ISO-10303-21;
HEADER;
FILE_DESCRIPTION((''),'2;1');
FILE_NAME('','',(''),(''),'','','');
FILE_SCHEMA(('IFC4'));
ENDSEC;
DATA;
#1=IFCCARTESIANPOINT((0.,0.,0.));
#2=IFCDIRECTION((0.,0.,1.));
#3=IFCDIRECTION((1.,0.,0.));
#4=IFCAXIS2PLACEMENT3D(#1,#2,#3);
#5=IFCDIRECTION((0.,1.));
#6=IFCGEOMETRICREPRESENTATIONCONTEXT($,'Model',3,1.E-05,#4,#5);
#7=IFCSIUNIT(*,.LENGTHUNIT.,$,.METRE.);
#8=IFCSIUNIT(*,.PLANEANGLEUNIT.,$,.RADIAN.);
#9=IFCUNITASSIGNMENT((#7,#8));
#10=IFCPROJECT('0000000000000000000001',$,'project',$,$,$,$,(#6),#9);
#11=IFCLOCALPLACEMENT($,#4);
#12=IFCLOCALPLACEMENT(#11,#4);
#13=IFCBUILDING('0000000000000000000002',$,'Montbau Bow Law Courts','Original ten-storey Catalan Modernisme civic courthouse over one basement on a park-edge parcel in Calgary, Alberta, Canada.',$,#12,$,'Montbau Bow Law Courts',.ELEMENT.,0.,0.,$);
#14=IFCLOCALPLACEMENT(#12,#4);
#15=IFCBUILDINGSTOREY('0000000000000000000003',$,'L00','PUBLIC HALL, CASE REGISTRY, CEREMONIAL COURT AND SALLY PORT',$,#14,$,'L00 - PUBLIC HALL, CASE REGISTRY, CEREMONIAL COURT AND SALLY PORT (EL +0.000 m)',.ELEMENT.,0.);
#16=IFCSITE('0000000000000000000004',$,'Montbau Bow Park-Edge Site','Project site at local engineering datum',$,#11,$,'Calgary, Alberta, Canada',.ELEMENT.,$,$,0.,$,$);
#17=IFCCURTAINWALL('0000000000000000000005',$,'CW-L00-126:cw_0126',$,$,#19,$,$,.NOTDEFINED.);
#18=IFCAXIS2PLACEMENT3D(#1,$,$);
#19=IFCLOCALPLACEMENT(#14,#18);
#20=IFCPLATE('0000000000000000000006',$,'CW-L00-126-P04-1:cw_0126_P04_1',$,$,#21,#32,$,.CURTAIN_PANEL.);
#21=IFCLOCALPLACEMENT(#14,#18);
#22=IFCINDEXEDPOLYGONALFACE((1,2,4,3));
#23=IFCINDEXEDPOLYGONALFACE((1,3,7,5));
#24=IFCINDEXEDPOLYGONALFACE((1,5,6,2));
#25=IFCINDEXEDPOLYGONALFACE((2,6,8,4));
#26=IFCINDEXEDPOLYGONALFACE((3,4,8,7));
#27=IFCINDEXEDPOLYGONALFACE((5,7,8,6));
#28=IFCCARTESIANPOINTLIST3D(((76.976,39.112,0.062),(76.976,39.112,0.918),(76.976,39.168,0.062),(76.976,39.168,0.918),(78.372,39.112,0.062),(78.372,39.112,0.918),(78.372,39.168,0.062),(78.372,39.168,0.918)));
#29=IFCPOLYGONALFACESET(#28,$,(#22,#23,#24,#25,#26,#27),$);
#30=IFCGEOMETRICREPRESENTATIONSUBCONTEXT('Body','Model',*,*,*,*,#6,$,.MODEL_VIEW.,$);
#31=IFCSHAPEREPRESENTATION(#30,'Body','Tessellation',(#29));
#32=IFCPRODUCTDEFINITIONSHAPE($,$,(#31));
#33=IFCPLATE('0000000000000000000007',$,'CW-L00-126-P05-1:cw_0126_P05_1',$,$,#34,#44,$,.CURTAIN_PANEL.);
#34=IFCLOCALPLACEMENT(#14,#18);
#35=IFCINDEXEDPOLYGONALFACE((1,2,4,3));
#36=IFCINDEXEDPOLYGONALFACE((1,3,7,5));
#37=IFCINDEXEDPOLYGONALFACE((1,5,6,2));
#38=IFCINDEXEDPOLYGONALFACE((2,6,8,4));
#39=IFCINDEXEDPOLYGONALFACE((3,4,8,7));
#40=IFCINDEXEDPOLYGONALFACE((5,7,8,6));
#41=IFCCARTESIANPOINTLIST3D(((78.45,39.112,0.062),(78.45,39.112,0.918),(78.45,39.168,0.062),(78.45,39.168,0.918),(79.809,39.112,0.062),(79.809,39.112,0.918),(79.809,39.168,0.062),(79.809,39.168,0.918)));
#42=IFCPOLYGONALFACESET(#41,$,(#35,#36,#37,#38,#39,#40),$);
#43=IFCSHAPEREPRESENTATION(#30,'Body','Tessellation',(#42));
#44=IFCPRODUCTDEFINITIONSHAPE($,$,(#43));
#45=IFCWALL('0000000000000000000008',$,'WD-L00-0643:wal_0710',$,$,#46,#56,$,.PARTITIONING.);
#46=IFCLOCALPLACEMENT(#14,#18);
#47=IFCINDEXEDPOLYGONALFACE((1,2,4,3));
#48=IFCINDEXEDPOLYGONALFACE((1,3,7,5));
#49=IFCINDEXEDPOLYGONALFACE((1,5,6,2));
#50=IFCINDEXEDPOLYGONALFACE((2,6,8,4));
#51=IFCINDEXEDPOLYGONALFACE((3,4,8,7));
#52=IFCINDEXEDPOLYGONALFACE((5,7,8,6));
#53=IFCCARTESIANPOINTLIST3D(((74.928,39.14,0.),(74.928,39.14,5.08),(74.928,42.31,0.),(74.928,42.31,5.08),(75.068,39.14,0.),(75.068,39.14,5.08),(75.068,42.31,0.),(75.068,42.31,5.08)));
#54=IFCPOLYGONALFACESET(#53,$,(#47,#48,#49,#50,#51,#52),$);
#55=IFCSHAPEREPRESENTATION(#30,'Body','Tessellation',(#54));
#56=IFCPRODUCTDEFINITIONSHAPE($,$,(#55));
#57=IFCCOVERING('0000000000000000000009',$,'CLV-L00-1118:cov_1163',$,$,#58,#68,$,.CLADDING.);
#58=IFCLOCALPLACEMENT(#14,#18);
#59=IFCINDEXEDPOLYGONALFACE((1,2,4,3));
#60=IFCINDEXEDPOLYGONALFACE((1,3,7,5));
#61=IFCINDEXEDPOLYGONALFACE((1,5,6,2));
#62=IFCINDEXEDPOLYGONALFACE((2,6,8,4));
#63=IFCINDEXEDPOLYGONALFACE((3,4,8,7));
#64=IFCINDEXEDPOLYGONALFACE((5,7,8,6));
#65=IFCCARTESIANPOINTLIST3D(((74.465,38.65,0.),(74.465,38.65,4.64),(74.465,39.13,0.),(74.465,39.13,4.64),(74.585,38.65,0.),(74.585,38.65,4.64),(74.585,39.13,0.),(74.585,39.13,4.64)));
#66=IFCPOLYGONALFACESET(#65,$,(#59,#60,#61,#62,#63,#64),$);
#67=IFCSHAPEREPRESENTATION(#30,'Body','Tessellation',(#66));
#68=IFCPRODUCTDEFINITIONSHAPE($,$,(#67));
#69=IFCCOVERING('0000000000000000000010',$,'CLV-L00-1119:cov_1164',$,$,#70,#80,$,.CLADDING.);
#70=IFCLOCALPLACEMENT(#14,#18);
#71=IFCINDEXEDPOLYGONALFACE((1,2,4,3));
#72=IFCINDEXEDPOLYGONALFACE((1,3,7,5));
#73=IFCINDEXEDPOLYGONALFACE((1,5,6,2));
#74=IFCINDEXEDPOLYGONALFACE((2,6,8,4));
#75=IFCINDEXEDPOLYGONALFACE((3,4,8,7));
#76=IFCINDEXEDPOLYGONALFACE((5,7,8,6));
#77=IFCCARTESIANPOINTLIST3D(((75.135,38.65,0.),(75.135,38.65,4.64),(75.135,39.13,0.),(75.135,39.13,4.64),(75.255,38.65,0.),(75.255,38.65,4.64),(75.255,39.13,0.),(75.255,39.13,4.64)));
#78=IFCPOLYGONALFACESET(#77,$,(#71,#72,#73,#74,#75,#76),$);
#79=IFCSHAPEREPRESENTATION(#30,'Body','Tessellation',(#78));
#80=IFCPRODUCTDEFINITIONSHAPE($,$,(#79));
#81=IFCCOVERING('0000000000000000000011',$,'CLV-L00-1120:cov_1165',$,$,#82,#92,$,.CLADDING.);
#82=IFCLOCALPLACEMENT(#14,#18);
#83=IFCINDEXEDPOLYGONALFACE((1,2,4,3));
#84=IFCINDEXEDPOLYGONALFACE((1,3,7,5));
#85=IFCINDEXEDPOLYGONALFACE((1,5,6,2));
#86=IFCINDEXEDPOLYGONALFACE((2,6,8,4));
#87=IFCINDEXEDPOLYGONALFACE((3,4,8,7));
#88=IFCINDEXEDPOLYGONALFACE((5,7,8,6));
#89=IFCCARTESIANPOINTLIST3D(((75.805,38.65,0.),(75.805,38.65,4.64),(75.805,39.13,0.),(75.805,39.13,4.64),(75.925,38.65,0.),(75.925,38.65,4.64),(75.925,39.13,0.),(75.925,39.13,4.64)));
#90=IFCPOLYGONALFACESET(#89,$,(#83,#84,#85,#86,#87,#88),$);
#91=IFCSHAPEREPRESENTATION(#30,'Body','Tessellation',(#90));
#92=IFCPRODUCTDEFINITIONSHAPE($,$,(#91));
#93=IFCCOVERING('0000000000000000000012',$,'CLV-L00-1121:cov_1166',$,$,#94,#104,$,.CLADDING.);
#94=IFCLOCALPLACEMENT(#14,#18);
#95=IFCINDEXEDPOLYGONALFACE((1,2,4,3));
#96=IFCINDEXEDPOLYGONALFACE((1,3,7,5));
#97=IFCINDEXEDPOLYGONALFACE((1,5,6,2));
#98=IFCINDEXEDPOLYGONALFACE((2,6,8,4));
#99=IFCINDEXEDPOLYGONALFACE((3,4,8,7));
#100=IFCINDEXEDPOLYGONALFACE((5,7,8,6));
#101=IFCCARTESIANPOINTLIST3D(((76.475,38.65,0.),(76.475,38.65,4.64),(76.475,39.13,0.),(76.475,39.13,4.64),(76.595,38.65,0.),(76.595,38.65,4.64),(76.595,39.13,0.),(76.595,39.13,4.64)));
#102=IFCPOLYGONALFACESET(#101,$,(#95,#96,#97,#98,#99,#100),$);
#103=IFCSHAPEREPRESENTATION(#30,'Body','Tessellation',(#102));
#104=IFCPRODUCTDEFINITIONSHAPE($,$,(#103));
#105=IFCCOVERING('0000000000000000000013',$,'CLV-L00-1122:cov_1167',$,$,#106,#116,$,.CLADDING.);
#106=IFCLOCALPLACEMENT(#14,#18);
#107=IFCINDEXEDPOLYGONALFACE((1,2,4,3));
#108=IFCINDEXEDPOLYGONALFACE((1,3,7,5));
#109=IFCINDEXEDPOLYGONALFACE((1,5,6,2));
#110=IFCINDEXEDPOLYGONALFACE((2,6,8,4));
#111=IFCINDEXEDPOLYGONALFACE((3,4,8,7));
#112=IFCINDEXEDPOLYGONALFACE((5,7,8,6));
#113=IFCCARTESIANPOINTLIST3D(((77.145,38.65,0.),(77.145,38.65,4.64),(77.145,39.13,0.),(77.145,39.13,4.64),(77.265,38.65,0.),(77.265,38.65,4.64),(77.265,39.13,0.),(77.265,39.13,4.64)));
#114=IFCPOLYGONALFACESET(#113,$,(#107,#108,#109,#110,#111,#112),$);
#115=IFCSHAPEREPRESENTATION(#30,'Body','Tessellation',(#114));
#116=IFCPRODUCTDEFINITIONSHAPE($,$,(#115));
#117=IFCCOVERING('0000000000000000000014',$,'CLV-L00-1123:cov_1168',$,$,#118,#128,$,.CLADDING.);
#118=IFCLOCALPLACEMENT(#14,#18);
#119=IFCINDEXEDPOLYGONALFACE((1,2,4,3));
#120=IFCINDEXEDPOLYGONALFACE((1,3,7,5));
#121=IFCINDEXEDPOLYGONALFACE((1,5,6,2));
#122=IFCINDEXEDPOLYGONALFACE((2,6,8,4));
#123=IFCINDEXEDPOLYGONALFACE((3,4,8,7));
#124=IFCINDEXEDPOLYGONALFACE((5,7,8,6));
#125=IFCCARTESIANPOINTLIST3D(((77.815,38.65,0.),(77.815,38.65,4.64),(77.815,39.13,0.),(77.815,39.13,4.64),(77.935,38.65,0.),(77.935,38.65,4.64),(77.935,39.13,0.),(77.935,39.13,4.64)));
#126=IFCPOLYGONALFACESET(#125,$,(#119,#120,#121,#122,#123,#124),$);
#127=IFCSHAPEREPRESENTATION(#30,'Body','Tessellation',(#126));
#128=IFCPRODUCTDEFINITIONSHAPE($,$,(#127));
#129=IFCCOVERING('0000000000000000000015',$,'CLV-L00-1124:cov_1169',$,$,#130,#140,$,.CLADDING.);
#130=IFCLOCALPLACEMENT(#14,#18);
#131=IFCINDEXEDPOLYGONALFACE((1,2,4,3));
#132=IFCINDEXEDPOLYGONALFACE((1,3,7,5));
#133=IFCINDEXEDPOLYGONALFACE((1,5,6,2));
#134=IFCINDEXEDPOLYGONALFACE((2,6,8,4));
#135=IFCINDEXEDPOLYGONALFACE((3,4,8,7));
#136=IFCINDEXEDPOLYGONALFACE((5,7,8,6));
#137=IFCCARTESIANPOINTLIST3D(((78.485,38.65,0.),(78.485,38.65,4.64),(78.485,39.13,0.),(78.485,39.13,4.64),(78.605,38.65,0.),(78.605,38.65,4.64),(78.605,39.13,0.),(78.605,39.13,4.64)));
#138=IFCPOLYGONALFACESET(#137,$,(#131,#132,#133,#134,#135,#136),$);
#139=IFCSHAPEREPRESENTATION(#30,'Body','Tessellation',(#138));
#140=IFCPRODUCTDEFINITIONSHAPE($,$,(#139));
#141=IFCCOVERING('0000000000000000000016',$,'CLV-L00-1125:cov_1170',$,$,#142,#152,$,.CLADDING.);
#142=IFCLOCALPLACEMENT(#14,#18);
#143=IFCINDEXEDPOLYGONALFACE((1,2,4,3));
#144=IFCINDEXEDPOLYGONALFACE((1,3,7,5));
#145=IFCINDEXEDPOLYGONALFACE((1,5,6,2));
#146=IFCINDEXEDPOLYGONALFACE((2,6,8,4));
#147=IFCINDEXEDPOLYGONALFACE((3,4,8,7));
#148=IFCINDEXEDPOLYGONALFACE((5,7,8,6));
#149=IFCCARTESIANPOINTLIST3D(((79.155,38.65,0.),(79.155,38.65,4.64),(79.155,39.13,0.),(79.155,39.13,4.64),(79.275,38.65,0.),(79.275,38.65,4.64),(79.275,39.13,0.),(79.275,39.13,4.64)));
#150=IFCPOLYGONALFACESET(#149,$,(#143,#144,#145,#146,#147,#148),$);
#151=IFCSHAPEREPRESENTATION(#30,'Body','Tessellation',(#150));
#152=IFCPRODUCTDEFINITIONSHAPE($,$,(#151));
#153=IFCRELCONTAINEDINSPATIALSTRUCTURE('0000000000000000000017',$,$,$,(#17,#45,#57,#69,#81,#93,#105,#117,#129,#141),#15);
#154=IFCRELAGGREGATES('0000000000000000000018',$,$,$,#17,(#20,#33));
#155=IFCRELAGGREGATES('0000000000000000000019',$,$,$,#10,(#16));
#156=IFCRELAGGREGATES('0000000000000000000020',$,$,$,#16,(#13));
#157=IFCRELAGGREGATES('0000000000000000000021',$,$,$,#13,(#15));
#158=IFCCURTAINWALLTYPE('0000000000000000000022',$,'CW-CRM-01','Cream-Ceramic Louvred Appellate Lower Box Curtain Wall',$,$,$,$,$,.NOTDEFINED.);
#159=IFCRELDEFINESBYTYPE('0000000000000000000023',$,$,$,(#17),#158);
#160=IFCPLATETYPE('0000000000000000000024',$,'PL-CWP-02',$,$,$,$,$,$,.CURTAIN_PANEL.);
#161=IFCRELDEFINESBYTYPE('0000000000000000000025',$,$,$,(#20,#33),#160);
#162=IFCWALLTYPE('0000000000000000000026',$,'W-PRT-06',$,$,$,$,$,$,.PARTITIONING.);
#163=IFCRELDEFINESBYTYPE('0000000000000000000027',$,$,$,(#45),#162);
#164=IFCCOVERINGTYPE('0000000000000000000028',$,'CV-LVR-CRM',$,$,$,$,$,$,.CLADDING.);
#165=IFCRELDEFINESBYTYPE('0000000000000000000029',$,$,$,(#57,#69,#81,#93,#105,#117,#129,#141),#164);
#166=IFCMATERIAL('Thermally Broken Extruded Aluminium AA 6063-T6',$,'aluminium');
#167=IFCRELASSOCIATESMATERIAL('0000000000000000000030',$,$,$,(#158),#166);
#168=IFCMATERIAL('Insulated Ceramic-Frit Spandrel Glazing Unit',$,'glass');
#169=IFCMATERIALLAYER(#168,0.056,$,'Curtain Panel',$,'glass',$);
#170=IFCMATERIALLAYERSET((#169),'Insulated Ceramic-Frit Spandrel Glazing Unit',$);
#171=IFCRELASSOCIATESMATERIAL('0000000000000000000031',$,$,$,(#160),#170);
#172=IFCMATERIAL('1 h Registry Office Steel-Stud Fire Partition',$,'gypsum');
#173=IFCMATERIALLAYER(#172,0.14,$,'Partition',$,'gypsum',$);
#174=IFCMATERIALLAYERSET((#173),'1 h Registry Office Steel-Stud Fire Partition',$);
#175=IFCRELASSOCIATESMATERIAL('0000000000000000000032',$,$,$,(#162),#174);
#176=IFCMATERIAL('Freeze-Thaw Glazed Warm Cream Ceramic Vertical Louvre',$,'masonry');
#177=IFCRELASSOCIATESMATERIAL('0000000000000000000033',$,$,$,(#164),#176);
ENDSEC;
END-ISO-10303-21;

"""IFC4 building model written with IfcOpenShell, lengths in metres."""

from ifc_helpers import new_model, si_unit, direction, frame, frame_2d, origin_with_axes, place, context, subcontext, project, spatial, rectangle, extrude, material, layer, layer_set, type_object, element, aggregate, save


model = new_model("IFC4")

# Units and contexts
model_context = context("Model", 3, precision=1e-05, world=origin_with_axes(), true_north=direction((0.0, 1.0)))
body_context = subcontext(model_context, "Body", "Model", "MODEL_VIEW")
ifc_project = project(units=[si_unit("LENGTHUNIT", "METRE"), si_unit("PLANEANGLEUNIT", "RADIAN")], contexts=[model_context])

# Site, building, storey
site_placement = place(None, origin_with_axes())
site = spatial("IfcSite", under=ifc_project, at=site_placement, Name="Montbau Bow Park-Edge Site", Description="Project site at local engineering datum", LongName="Calgary, Alberta, Canada", CompositionType="ELEMENT", RefElevation=0.0)
building_placement = place(site_placement, origin_with_axes())
building = spatial("IfcBuilding", under=site, at=building_placement, Name="Montbau Bow Law Courts", Description="Original ten-storey Catalan Modernisme civic courthouse over one basement on a park-edge parcel in Calgary, Alberta, Canada.", LongName="Montbau Bow Law Courts", CompositionType="ELEMENT", ElevationOfRefHeight=0.0, ElevationOfTerrain=0.0)
storey_placement = place(building_placement, origin_with_axes())
storey = spatial("IfcBuildingStorey", under=building, at=storey_placement, Name="L00", Description="PUBLIC HALL, CASE REGISTRY, CEREMONIAL COURT AND SALLY PORT", LongName="L00 - PUBLIC HALL, CASE REGISTRY, CEREMONIAL COURT AND SALLY PORT (EL +0.000 m)", CompositionType="ELEMENT", Elevation=0.0)

# Curtain wall, plates
ifc_material_1 = material(Name="Thermally Broken Extruded Aluminium AA 6063-T6", Category="aluminium")
curtain_wall_type = type_object("IfcCurtainWallType", Name="CW-CRM-01", Description="Cream-Ceramic Louvred Appellate Lower Box Curtain Wall", PredefinedType="NOTDEFINED", material=ifc_material_1)
curtain_wall_placement = place(None, frame((72.515, 39.14, 0.0), z_axis=(0.0, 0.0, 1.0), x_axis=(1.0, 0.0, 0.0)))
curtain_wall = element("IfcCurtainWall", 1, at=curtain_wall_placement, inside=storey, type_object=curtain_wall_type, Name="CW-L00-126:cw_0126", PredefinedType="NOTDEFINED")
ifc_material_2 = material(Name="Insulated Ceramic-Frit Spandrel Glazing Unit", Category="glass")
ifc_layer_1 = layer(ifc_material_2, 0.056, Name="Curtain Panel", Category="glass")
ifc_layer_set_1 = layer_set([ifc_layer_1], Name="Insulated Ceramic-Frit Spandrel Glazing Unit")
plate_type_1 = type_object("IfcPlateType", Name="PL-CWP-02", PredefinedType="CURTAIN_PANEL", material=ifc_layer_set_1)
plate_1_placement = place(None, frame((76.976, 39.14, 0.062), z_axis=(0.0, -1.0, 0.0), x_axis=(1.0, 0.0, 0.0)))
plate_1 = element("IfcPlate", 2, at=plate_1_placement, type_object=plate_type_1, Name="CW-L00-126-P04-1:cw_0126_P04_1", PredefinedType="CURTAIN_PANEL", context=body_context, shape_type="SweptSolid", body=[
    extrude(rectangle(XDim=1.396, YDim=0.856, at=frame_2d((0.698, 0.428), x_axis=(1.0, 0.0))), frame((0.0, 0.0, -0.028), z_axis=(0.0, 0.0, 1.0), x_axis=(1.0, 0.0, 0.0)), (0.0, 0.0, 1.0), 0.056),
])
plate_2_placement = place(None, frame((78.45, 39.14, 0.062), z_axis=(0.0, -1.0, 0.0), x_axis=(1.0, 0.0, 0.0)))
plate_2 = element("IfcPlate", 3, at=plate_2_placement, type_object=plate_type_1, Name="CW-L00-126-P05-1:cw_0126_P05_1", PredefinedType="CURTAIN_PANEL", context=body_context, shape_type="SweptSolid", body=[
    extrude(rectangle(XDim=1.359, YDim=0.856, at=frame_2d((0.6795, 0.428), x_axis=(1.0, 0.0))), frame((0.0, 0.0, -0.028), z_axis=(0.0, 0.0, 1.0), x_axis=(1.0, 0.0, 0.0)), (0.0, 0.0, 1.0), 0.056),
])
aggregate(curtain_wall, [plate_1, plate_2])

# Wall
ifc_material_3 = material(Name="1 h Registry Office Steel-Stud Fire Partition", Category="gypsum")
ifc_layer_2 = layer(ifc_material_3, 0.14, Name="Partition", Category="gypsum")
ifc_layer_set_2 = layer_set([ifc_layer_2], Name="1 h Registry Office Steel-Stud Fire Partition")
wall_type = type_object("IfcWallType", Name="W-PRT-06", PredefinedType="PARTITIONING", material=ifc_layer_set_2)
wall_placement = place(None, frame((74.998, 39.14, 0.0), z_axis=(0.0, 0.0, 1.0), x_axis=(0.0, 1.0, 0.0)))
element("IfcWall", 4, at=wall_placement, inside=storey, type_object=wall_type, Name="WD-L00-0643:wal_0710", PredefinedType="PARTITIONING", context=body_context, shape_type="SweptSolid", body=[
    extrude(rectangle(XDim=3.17, YDim=0.14, at=frame_2d((1.585, 0.0), x_axis=(1.0, 0.0))), origin_with_axes(), (0.0, 0.0, 1.0), 5.08),
])

# Coverings
ifc_material_4 = material(Name="Freeze-Thaw Glazed Warm Cream Ceramic Vertical Louvre", Category="masonry")
covering_type = type_object("IfcCoveringType", Name="CV-LVR-CRM", PredefinedType="CLADDING", material=ifc_material_4)
for number, where, z_axis, x_axis, name in (
    (5, (74.525, 39.13, 0.0), (-1.0, 0.0, 0.0), (0.0, -1.0, 0.0), "CLV-L00-1118:cov_1163"),
    (6, (75.195, 39.13, 0.0), (-1.0, 0.0, 0.0), (0.0, -1.0, 0.0), "CLV-L00-1119:cov_1164"),
    (7, (75.865, 39.13, 0.0), (-1.0, 0.0, 0.0), (0.0, -1.0, 0.0), "CLV-L00-1120:cov_1165"),
    (8, (76.535, 39.13, 0.0), (-1.0, 0.0, 0.0), (0.0, -1.0, 0.0), "CLV-L00-1121:cov_1166"),
    (9, (77.205, 39.13, 0.0), (-1.0, 0.0, 0.0), (0.0, -1.0, 0.0), "CLV-L00-1122:cov_1167"),
    (10, (77.875, 39.13, 0.0), (-1.0, 0.0, 0.0), (0.0, -1.0, 0.0), "CLV-L00-1123:cov_1168"),
    (11, (78.545, 39.13, 0.0), (-1.0, 0.0, 0.0), (0.0, -1.0, 0.0), "CLV-L00-1124:cov_1169"),
    (12, (79.215, 39.13, 0.0), (-1.0, 0.0, 0.0), (0.0, -1.0, 0.0), "CLV-L00-1125:cov_1170"),
):
    element("IfcCovering", number, at=place(None, frame(where, z_axis=z_axis, x_axis=x_axis)), inside=storey, type_object=covering_type, Name=name, PredefinedType="CLADDING", context=body_context, shape_type="SweptSolid", body=[
        extrude(rectangle(XDim=0.48, YDim=4.64, at=frame_2d((0.24, 2.32), x_axis=(1.0, 0.0))), frame((0.0, 0.0, -0.06), z_axis=(0.0, 0.0, 1.0), x_axis=(1.0, 0.0, 0.0)), (0.0, 0.0, 1.0), 0.12),
    ])

save(model, "model.ifc")
